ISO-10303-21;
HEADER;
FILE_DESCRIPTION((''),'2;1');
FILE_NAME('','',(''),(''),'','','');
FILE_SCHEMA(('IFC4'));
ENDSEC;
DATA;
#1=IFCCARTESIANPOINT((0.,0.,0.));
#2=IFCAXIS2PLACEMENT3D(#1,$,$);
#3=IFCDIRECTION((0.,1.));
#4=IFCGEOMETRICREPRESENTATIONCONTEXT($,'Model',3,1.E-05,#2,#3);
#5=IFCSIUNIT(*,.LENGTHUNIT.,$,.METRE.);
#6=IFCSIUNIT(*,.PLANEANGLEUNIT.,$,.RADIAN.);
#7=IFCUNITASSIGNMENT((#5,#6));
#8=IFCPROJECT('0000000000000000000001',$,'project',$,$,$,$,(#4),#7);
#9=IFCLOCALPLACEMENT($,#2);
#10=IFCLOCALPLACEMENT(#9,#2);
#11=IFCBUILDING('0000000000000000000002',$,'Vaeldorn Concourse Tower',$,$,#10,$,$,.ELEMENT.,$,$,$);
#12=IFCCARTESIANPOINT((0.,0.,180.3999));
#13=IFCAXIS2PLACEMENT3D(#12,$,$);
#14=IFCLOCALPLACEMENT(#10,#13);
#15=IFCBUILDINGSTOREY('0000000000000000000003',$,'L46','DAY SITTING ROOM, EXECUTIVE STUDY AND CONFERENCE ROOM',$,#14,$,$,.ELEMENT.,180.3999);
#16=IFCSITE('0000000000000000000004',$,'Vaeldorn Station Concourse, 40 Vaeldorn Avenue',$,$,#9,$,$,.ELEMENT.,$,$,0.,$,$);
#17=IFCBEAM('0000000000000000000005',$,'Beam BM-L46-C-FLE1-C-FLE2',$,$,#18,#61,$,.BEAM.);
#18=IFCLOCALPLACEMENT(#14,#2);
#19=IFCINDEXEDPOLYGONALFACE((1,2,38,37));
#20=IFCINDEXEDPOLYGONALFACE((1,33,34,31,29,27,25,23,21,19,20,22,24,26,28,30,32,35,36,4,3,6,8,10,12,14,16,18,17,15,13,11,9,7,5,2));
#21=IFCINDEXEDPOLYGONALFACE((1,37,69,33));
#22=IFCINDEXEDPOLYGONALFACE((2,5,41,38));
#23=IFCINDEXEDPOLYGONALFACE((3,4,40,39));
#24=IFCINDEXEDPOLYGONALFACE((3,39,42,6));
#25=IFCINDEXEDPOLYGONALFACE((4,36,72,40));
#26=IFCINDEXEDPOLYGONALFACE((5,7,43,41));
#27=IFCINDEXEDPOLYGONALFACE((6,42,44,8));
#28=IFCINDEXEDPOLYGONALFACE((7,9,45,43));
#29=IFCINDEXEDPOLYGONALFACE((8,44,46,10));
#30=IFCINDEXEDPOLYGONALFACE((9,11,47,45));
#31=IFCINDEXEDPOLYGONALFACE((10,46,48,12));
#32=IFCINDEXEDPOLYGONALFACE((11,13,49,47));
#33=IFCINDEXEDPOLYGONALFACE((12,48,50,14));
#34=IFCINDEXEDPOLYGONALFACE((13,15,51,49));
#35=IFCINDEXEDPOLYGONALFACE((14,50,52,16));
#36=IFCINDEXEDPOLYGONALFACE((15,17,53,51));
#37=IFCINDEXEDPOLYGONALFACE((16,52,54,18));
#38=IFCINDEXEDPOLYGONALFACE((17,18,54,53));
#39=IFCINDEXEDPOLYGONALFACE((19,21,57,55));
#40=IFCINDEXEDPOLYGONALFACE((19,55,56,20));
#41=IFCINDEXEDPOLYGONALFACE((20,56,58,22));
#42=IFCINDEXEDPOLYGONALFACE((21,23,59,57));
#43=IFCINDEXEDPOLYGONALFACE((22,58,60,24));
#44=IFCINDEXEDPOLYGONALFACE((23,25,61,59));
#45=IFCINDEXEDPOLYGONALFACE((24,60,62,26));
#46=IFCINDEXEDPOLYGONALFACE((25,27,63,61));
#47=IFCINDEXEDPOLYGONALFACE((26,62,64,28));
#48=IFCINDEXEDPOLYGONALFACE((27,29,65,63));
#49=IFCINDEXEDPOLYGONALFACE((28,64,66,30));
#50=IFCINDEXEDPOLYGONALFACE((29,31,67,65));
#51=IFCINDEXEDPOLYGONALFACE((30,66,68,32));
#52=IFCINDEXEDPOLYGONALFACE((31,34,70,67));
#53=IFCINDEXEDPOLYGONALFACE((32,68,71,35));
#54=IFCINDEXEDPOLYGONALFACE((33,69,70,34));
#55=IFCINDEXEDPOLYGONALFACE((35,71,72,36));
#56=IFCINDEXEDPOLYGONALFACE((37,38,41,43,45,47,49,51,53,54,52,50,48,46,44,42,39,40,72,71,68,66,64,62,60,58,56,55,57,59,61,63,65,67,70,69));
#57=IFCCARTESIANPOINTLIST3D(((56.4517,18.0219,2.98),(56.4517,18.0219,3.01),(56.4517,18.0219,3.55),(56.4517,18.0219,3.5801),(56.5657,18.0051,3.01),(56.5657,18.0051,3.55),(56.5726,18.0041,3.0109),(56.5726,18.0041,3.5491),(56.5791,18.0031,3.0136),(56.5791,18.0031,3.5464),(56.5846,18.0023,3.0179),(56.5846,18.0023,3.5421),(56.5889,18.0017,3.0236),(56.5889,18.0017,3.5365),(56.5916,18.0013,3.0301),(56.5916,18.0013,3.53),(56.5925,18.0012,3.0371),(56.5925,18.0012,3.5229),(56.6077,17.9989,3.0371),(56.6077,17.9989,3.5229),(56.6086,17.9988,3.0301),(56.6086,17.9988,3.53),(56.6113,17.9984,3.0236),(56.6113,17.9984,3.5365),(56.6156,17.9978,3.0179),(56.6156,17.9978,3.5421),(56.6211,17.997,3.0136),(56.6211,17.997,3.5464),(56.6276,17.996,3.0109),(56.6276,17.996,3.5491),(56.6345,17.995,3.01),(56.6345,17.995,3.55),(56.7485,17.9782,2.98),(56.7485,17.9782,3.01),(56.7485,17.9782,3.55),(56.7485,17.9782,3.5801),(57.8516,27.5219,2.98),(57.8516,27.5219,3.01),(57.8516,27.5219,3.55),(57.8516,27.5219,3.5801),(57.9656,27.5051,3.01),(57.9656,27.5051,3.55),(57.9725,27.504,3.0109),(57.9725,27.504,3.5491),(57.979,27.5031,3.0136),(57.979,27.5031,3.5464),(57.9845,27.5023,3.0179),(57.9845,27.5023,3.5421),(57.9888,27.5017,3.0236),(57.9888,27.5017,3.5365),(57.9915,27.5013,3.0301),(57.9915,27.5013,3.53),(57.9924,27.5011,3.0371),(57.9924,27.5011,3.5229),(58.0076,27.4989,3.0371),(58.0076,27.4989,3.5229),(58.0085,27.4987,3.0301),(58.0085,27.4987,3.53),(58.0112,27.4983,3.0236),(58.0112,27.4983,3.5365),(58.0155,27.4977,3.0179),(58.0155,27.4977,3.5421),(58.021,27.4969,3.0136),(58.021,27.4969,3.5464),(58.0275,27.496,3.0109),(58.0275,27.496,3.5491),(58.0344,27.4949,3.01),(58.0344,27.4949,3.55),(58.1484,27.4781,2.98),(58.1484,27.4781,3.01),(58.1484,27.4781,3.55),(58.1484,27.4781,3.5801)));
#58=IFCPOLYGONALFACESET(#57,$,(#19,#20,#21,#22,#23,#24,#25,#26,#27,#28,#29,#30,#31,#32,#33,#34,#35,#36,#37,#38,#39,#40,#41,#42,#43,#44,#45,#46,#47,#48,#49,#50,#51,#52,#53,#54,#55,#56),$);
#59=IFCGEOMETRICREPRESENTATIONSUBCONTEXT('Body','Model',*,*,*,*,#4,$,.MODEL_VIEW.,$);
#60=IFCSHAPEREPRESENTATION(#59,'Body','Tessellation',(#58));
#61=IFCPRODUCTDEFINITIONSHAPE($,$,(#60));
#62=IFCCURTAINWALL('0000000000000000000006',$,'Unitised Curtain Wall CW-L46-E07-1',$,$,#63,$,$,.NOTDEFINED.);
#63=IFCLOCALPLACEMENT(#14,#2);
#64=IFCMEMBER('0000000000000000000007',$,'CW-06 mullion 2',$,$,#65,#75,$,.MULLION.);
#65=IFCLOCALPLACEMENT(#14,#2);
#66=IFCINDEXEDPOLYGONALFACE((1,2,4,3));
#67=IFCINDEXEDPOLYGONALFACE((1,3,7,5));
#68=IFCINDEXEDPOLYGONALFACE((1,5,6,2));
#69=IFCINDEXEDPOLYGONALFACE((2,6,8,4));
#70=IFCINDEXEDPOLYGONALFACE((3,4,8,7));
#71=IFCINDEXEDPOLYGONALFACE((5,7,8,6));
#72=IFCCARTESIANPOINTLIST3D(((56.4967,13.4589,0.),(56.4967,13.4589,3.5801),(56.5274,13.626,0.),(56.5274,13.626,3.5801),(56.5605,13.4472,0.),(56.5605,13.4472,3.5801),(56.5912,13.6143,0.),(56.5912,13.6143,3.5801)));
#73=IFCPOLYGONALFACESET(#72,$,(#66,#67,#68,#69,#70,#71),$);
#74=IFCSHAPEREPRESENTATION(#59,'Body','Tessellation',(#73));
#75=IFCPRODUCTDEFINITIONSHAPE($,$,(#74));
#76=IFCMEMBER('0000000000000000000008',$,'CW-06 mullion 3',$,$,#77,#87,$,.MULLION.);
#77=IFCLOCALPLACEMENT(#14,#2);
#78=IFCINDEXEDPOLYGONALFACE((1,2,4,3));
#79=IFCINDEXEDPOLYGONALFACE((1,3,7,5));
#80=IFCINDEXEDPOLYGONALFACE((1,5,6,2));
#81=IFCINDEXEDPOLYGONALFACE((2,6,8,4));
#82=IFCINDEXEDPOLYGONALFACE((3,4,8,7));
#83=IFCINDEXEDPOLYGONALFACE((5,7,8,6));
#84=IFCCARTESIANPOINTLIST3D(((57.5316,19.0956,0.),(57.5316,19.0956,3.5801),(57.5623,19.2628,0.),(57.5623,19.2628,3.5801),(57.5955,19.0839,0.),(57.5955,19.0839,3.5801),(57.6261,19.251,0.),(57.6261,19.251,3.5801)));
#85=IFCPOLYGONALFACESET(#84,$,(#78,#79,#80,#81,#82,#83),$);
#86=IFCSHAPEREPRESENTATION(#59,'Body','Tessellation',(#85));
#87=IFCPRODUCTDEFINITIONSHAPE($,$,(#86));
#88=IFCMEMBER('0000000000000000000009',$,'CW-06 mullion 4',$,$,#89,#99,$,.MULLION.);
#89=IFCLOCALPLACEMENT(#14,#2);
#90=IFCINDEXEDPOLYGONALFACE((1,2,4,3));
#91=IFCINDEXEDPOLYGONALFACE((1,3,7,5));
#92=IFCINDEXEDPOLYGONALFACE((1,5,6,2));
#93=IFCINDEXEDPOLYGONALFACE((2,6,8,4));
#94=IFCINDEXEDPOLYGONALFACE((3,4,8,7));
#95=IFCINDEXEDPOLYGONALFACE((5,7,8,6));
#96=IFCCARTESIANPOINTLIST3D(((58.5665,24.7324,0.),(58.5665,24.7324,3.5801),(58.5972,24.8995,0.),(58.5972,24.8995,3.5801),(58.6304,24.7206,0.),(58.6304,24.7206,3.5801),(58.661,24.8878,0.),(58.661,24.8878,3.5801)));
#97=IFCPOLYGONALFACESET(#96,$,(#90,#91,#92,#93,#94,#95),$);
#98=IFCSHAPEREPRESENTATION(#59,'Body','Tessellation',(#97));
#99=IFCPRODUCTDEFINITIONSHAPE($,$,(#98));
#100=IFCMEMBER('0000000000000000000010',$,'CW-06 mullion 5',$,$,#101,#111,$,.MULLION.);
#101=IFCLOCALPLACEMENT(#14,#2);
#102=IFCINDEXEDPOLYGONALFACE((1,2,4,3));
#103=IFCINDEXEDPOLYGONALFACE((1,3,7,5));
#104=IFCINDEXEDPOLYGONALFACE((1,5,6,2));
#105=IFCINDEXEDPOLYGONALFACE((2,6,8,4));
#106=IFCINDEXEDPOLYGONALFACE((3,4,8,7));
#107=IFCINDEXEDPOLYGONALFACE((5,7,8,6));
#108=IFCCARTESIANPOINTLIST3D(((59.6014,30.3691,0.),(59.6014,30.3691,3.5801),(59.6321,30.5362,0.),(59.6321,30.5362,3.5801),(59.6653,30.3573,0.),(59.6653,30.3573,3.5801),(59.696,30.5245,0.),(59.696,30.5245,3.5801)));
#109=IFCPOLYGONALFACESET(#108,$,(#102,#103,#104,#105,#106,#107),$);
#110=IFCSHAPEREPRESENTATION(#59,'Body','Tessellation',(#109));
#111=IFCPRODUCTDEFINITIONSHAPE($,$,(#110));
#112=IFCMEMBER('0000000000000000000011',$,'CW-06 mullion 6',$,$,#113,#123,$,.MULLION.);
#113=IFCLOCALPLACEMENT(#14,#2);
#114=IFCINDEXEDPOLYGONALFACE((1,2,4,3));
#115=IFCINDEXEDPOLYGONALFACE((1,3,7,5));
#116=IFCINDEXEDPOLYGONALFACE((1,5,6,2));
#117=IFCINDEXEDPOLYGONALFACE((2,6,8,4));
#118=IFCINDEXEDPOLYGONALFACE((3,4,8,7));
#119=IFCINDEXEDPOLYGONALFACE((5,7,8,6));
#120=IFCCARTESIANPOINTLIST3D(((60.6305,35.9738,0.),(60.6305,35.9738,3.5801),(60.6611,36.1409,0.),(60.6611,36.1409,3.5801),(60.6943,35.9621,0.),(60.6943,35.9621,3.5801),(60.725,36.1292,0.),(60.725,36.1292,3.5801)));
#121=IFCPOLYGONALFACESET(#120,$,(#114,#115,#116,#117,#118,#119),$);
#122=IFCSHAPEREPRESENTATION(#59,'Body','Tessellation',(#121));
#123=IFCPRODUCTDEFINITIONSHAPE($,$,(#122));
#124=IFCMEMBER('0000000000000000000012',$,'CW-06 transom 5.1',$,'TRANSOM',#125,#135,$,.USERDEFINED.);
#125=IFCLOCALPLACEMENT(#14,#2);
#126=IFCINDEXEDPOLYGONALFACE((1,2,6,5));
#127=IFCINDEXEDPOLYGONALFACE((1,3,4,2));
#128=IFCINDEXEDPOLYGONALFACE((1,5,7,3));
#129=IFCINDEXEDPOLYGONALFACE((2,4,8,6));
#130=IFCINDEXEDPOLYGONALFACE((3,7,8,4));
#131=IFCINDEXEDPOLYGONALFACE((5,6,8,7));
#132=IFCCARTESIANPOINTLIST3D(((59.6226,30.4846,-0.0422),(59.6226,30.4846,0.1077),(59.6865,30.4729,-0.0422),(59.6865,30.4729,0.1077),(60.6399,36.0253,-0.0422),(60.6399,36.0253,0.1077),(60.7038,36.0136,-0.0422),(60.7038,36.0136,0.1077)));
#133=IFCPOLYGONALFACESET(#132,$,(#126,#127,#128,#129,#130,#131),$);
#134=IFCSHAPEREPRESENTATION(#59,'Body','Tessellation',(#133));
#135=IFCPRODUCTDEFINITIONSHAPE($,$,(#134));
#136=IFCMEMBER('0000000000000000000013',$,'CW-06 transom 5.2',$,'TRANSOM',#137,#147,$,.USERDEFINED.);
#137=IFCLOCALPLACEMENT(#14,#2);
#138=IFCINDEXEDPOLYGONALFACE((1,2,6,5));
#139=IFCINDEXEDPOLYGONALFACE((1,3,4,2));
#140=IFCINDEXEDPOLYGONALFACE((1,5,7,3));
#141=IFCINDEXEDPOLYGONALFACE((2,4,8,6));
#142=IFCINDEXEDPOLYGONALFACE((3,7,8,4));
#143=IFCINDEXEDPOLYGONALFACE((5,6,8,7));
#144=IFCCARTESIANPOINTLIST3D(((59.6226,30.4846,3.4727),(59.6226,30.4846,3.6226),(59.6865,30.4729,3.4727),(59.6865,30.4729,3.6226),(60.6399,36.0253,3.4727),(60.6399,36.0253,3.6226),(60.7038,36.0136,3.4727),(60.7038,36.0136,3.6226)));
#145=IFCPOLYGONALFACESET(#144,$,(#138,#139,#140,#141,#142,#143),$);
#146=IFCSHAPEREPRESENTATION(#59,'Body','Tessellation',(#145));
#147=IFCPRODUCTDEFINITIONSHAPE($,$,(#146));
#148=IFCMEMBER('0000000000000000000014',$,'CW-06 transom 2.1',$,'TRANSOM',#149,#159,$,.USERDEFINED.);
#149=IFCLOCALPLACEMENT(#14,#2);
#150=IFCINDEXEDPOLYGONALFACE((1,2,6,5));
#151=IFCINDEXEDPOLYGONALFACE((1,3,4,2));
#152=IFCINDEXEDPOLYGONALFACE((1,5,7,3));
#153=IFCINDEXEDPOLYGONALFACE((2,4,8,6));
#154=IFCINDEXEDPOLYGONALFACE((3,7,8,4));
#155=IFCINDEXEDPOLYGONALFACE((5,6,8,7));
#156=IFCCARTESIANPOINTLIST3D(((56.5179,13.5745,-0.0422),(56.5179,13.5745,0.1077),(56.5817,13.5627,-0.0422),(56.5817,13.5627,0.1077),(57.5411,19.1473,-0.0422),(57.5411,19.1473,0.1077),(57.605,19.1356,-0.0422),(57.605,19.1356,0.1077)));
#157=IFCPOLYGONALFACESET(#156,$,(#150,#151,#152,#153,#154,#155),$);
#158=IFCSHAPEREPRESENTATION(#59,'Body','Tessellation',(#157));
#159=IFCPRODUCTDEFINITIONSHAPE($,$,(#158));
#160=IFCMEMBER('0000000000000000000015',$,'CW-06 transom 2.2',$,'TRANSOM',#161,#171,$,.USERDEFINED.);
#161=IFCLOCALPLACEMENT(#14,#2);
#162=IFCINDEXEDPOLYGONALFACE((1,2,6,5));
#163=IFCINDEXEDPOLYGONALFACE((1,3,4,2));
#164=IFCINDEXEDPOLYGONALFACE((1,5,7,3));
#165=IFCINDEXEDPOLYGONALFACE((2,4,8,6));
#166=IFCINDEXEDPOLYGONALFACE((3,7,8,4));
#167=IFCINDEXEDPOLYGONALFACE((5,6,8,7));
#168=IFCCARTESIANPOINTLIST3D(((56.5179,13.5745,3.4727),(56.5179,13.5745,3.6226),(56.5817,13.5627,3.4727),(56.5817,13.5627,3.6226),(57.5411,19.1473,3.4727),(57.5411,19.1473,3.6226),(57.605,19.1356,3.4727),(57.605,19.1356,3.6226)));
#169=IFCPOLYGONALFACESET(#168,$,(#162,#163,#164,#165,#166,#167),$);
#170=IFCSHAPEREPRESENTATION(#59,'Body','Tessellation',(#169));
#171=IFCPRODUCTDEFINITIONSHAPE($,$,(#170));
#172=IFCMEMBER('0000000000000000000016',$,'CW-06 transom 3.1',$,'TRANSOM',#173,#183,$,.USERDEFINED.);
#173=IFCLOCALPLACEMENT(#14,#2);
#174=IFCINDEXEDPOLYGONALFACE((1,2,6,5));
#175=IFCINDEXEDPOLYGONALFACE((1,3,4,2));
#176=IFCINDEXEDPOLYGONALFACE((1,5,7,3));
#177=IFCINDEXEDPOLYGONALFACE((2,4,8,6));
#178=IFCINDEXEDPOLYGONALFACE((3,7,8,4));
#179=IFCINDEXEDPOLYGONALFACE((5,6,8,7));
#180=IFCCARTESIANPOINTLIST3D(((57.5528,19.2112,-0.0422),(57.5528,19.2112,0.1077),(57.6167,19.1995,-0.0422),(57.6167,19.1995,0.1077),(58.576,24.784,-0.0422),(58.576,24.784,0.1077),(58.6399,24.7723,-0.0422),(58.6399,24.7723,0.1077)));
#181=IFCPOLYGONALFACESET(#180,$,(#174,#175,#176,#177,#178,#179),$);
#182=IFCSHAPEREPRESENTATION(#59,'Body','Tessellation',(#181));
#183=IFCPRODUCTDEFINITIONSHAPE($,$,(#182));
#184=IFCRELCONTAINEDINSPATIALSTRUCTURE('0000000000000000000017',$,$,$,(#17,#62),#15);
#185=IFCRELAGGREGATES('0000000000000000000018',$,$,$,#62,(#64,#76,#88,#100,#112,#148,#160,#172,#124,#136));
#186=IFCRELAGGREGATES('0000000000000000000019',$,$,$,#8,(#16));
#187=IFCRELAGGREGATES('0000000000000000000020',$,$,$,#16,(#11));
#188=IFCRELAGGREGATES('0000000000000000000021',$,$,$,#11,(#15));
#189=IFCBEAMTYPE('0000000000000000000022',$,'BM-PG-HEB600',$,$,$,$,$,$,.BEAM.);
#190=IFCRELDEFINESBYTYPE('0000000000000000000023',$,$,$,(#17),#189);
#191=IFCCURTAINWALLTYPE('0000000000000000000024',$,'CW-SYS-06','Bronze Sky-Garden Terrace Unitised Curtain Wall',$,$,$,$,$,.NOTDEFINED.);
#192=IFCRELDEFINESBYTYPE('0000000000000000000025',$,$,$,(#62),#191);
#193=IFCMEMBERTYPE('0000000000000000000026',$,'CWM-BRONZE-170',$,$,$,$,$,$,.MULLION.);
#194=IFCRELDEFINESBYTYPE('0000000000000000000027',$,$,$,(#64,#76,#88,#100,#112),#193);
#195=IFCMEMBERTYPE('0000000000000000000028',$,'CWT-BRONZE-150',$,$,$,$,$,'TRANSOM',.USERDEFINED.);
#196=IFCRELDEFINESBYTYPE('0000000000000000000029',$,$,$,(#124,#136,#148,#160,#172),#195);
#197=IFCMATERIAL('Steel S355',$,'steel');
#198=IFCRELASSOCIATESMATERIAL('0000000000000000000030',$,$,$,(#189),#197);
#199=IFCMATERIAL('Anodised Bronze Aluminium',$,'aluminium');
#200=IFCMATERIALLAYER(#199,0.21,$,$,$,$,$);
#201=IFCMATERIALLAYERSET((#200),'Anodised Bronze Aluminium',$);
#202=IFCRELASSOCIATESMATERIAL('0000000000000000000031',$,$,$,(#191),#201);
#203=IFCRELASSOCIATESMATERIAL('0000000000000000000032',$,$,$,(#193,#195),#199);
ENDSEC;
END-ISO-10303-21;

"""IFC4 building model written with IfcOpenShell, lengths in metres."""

from ifc_helpers import new_model, si_unit, direction, frame, origin, origin_2d, place, context, subcontext, project, spatial, rectangle, i_section, extrude, source, transform, mapped, material, layer, layer_set, material_profile, profile_set, type_object, element, aggregate, save


model = new_model("IFC4")

# Units and contexts
model_context = context("Model", 3, precision=1e-05, world=origin(), true_north=direction((0.0, 1.0)))
body_context = subcontext(model_context, "Body", "Model", "MODEL_VIEW")
ifc_project = project(units=[si_unit("LENGTHUNIT", "METRE"), si_unit("PLANEANGLEUNIT", "RADIAN")], contexts=[model_context])

# Site, building, storey
site_placement = place(None, origin())
site = spatial("IfcSite", under=ifc_project, at=site_placement, Name="Vaeldorn Station Concourse, 40 Vaeldorn Avenue", CompositionType="ELEMENT", RefElevation=0.0)
building_placement = place(site_placement, origin())
building = spatial("IfcBuilding", under=site, at=building_placement, Name="Vaeldorn Concourse Tower", CompositionType="ELEMENT")
storey_placement = place(building_placement, frame((0.0, 0.0, 180.3999)))
storey = spatial("IfcBuildingStorey", under=building, at=storey_placement, Name="L46", Description="DAY SITTING ROOM, EXECUTIVE STUDY AND CONFERENCE ROOM", CompositionType="ELEMENT", Elevation=180.3999)

# Shared definitions
ifc_material_1 = material(Name="Steel S355", Category="steel")

# Beam
ifc_material_profile_1 = material_profile(ifc_material_1, i_section(OverallWidth=0.3, OverallDepth=0.6001, WebThickness=0.0154, FlangeThickness=0.03, FilletRadius=0.0271, at=origin_2d()), Name="HEB 600")
ifc_profile_set_1 = profile_set([ifc_material_profile_1], Name="Steel S355")
beam_type_1 = type_object("IfcBeamType", Name="BM-PG-HEB600", PredefinedType="BEAM", material=ifc_profile_set_1)
shared_shape_1 = source(origin(), body_context, "Body", "SweptSolid", [
    extrude(i_section(OverallWidth=0.3, OverallDepth=0.6001, WebThickness=0.0154, FlangeThickness=0.03, FilletRadius=0.0271, at=origin_2d()), origin(), (0.0, 0.0, 1.0), 9.6025),
])
beam_1_placement = place(storey_placement, frame((58.0, 27.5, 3.28), z_axis=(-0.145784, -0.989316, 0.0), x_axis=(0.989316, -0.145784, 0.0)))
element("IfcBeam", 1, at=beam_1_placement, inside=storey, type_object=beam_type_1, Name="Beam BM-L46-C-FLE1-C-FLE2", PredefinedType="BEAM", context=body_context, shape_type="MappedRepresentation", body=[
    mapped(shared_shape_1, transform((0.0, 0.0, 0.0), scale=1.0)),
])

# Curtain wall, members
ifc_material_2 = material(Name="Anodised Bronze Aluminium", Category="aluminium")
ifc_layer_1 = layer(ifc_material_2, 0.21)
ifc_layer_set_1 = layer_set([ifc_layer_1], Name="Anodised Bronze Aluminium")
curtain_wall_type = type_object("IfcCurtainWallType", Name="CW-SYS-06", Description="Bronze Sky-Garden Terrace Unitised Curtain Wall", PredefinedType="NOTDEFINED", material=ifc_layer_set_1)
curtain_wall_placement = place(storey_placement, origin())
curtain_wall = element("IfcCurtainWall", 2, at=curtain_wall_placement, inside=storey, type_object=curtain_wall_type, Name="Unitised Curtain Wall CW-L46-E07-1", PredefinedType="NOTDEFINED")
ifc_material_profile_2 = material_profile(ifc_material_2, rectangle(XDim=0.0649, YDim=0.1699, at=origin_2d()), Name="CWM 65x170")
ifc_profile_set_2 = profile_set([ifc_material_profile_2], Name="Anodised Bronze Aluminium")
member_type_1 = type_object("IfcMemberType", Name="CWM-BRONZE-170", PredefinedType="MULLION", material=ifc_profile_set_2)
shared_shape_2 = source(origin(), body_context, "Body", "SweptSolid", [
    extrude(rectangle(XDim=0.0649, YDim=0.1699, at=origin_2d()), origin(), (0.0, 0.0, 1.0), 3.5801),
])
member_1_placement = place(storey_placement, frame((56.5439, 13.5366, 0.0), z_axis=(0.0, 0.0, 1.0), x_axis=(-0.983559, 0.180585, 0.0)))
member_1 = element("IfcMember", 3, at=member_1_placement, type_object=member_type_1, Name="CW-06 mullion 2", PredefinedType="MULLION", context=body_context, shape_type="MappedRepresentation", body=[
    mapped(shared_shape_2, transform((0.0, 0.0, 0.0), scale=1.0)),
])
member_2_placement = place(storey_placement, frame((57.5789, 19.1733, 0.0), z_axis=(0.0, 0.0, 1.0), x_axis=(-0.983559, 0.180585, 0.0)))
member_2 = element("IfcMember", 4, at=member_2_placement, type_object=member_type_1, Name="CW-06 mullion 3", PredefinedType="MULLION", context=body_context, shape_type="MappedRepresentation", body=[
    mapped(shared_shape_2, transform((0.0, 0.0, 0.0), scale=1.0)),
])
member_3_placement = place(storey_placement, frame((58.6138, 24.8101, 0.0), z_axis=(0.0, 0.0, 1.0), x_axis=(-0.983559, 0.180585, 0.0)))
member_3 = element("IfcMember", 5, at=member_3_placement, type_object=member_type_1, Name="CW-06 mullion 4", PredefinedType="MULLION", context=body_context, shape_type="MappedRepresentation", body=[
    mapped(shared_shape_2, transform((0.0, 0.0, 0.0), scale=1.0)),
])
member_4_placement = place(storey_placement, frame((59.6487, 30.4468, 0.0), z_axis=(0.0, 0.0, 1.0), x_axis=(-0.983559, 0.180585, 0.0)))
member_4 = element("IfcMember", 6, at=member_4_placement, type_object=member_type_1, Name="CW-06 mullion 5", PredefinedType="MULLION", context=body_context, shape_type="MappedRepresentation", body=[
    mapped(shared_shape_2, transform((0.0, 0.0, 0.0), scale=1.0)),
])
member_5_placement = place(storey_placement, frame((60.6777, 36.0515, 0.0), z_axis=(0.0, 0.0, 1.0), x_axis=(-0.983559, 0.180585, 0.0)))
member_5 = element("IfcMember", 7, at=member_5_placement, type_object=member_type_1, Name="CW-06 mullion 6", PredefinedType="MULLION", context=body_context, shape_type="MappedRepresentation", body=[
    mapped(shared_shape_2, transform((0.0, 0.0, 0.0), scale=1.0)),
])
ifc_material_profile_3 = material_profile(ifc_material_2, rectangle(XDim=0.0649, YDim=0.1499, at=origin_2d()), Name="CWT 65x150")
ifc_profile_set_3 = profile_set([ifc_material_profile_3], Name="Anodised Bronze Aluminium")
member_type_2 = type_object("IfcMemberType", Name="CWT-BRONZE-150", ElementType="TRANSOM", PredefinedType="USERDEFINED", material=ifc_profile_set_3)
shared_shape_3 = source(origin(), body_context, "Body", "SweptSolid", [
    extrude(rectangle(XDim=0.0649, YDim=0.1499, at=origin_2d()), origin(), (0.0, 0.0, 1.0), 5.6333),
])
member_6_placement = place(storey_placement, frame((59.6545, 30.4788, 0.0327), z_axis=(0.18059, 0.983558, 0.0), x_axis=(-0.983558, 0.18059, 0.0)))
member_6 = element("IfcMember", 8, at=member_6_placement, type_object=member_type_2, Name="CW-06 transom 5.1", ObjectType="TRANSOM", PredefinedType="USERDEFINED", context=body_context, shape_type="MappedRepresentation", body=[
    mapped(shared_shape_3, transform((0.0, 0.0, 0.0), scale=1.0)),
])
member_7_placement = place(storey_placement, frame((59.6545, 30.4788, 3.5476), z_axis=(0.18059, 0.983558, 0.0), x_axis=(-0.983558, 0.18059, 0.0)))
member_7 = element("IfcMember", 9, at=member_7_placement, type_object=member_type_2, Name="CW-06 transom 5.2", ObjectType="TRANSOM", PredefinedType="USERDEFINED", context=body_context, shape_type="MappedRepresentation", body=[
    mapped(shared_shape_3, transform((0.0, 0.0, 0.0), scale=1.0)),
])
shared_shape_4 = source(origin(), body_context, "Body", "SweptSolid", [
    extrude(rectangle(XDim=0.0649, YDim=0.1499, at=origin_2d()), origin(), (0.0, 0.0, 1.0), 5.666),
])
member_8_placement = place(storey_placement, frame((56.5498, 13.5686, 0.0327), z_axis=(0.180588, 0.983559, 0.0), x_axis=(-0.983559, 0.180588, 0.0)))
member_8 = element("IfcMember", 10, at=member_8_placement, type_object=member_type_2, Name="CW-06 transom 2.1", ObjectType="TRANSOM", PredefinedType="USERDEFINED", context=body_context, shape_type="MappedRepresentation", body=[
    mapped(shared_shape_4, transform((0.0, 0.0, 0.0), scale=1.0)),
])
member_9_placement = place(storey_placement, frame((56.5498, 13.5686, 3.5476), z_axis=(0.180588, 0.983559, 0.0), x_axis=(-0.983559, 0.180588, 0.0)))
member_9 = element("IfcMember", 11, at=member_9_placement, type_object=member_type_2, Name="CW-06 transom 2.2", ObjectType="TRANSOM", PredefinedType="USERDEFINED", context=body_context, shape_type="MappedRepresentation", body=[
    mapped(shared_shape_4, transform((0.0, 0.0, 0.0), scale=1.0)),
])
member_10_placement = place(storey_placement, frame((57.5847, 19.2053, 0.0327), z_axis=(0.180588, 0.983559, 0.0), x_axis=(-0.983559, 0.180588, 0.0)))
member_10 = element("IfcMember", 12, at=member_10_placement, type_object=member_type_2, Name="CW-06 transom 3.1", ObjectType="TRANSOM", PredefinedType="USERDEFINED", context=body_context, shape_type="MappedRepresentation", body=[
    mapped(shared_shape_4, transform((0.0, 0.0, 0.0), scale=1.0)),
])
aggregate(curtain_wall, [member_1, member_2, member_3, member_4, member_5, member_8, member_9, member_10, member_6, member_7])

save(model, "model.ifc")
